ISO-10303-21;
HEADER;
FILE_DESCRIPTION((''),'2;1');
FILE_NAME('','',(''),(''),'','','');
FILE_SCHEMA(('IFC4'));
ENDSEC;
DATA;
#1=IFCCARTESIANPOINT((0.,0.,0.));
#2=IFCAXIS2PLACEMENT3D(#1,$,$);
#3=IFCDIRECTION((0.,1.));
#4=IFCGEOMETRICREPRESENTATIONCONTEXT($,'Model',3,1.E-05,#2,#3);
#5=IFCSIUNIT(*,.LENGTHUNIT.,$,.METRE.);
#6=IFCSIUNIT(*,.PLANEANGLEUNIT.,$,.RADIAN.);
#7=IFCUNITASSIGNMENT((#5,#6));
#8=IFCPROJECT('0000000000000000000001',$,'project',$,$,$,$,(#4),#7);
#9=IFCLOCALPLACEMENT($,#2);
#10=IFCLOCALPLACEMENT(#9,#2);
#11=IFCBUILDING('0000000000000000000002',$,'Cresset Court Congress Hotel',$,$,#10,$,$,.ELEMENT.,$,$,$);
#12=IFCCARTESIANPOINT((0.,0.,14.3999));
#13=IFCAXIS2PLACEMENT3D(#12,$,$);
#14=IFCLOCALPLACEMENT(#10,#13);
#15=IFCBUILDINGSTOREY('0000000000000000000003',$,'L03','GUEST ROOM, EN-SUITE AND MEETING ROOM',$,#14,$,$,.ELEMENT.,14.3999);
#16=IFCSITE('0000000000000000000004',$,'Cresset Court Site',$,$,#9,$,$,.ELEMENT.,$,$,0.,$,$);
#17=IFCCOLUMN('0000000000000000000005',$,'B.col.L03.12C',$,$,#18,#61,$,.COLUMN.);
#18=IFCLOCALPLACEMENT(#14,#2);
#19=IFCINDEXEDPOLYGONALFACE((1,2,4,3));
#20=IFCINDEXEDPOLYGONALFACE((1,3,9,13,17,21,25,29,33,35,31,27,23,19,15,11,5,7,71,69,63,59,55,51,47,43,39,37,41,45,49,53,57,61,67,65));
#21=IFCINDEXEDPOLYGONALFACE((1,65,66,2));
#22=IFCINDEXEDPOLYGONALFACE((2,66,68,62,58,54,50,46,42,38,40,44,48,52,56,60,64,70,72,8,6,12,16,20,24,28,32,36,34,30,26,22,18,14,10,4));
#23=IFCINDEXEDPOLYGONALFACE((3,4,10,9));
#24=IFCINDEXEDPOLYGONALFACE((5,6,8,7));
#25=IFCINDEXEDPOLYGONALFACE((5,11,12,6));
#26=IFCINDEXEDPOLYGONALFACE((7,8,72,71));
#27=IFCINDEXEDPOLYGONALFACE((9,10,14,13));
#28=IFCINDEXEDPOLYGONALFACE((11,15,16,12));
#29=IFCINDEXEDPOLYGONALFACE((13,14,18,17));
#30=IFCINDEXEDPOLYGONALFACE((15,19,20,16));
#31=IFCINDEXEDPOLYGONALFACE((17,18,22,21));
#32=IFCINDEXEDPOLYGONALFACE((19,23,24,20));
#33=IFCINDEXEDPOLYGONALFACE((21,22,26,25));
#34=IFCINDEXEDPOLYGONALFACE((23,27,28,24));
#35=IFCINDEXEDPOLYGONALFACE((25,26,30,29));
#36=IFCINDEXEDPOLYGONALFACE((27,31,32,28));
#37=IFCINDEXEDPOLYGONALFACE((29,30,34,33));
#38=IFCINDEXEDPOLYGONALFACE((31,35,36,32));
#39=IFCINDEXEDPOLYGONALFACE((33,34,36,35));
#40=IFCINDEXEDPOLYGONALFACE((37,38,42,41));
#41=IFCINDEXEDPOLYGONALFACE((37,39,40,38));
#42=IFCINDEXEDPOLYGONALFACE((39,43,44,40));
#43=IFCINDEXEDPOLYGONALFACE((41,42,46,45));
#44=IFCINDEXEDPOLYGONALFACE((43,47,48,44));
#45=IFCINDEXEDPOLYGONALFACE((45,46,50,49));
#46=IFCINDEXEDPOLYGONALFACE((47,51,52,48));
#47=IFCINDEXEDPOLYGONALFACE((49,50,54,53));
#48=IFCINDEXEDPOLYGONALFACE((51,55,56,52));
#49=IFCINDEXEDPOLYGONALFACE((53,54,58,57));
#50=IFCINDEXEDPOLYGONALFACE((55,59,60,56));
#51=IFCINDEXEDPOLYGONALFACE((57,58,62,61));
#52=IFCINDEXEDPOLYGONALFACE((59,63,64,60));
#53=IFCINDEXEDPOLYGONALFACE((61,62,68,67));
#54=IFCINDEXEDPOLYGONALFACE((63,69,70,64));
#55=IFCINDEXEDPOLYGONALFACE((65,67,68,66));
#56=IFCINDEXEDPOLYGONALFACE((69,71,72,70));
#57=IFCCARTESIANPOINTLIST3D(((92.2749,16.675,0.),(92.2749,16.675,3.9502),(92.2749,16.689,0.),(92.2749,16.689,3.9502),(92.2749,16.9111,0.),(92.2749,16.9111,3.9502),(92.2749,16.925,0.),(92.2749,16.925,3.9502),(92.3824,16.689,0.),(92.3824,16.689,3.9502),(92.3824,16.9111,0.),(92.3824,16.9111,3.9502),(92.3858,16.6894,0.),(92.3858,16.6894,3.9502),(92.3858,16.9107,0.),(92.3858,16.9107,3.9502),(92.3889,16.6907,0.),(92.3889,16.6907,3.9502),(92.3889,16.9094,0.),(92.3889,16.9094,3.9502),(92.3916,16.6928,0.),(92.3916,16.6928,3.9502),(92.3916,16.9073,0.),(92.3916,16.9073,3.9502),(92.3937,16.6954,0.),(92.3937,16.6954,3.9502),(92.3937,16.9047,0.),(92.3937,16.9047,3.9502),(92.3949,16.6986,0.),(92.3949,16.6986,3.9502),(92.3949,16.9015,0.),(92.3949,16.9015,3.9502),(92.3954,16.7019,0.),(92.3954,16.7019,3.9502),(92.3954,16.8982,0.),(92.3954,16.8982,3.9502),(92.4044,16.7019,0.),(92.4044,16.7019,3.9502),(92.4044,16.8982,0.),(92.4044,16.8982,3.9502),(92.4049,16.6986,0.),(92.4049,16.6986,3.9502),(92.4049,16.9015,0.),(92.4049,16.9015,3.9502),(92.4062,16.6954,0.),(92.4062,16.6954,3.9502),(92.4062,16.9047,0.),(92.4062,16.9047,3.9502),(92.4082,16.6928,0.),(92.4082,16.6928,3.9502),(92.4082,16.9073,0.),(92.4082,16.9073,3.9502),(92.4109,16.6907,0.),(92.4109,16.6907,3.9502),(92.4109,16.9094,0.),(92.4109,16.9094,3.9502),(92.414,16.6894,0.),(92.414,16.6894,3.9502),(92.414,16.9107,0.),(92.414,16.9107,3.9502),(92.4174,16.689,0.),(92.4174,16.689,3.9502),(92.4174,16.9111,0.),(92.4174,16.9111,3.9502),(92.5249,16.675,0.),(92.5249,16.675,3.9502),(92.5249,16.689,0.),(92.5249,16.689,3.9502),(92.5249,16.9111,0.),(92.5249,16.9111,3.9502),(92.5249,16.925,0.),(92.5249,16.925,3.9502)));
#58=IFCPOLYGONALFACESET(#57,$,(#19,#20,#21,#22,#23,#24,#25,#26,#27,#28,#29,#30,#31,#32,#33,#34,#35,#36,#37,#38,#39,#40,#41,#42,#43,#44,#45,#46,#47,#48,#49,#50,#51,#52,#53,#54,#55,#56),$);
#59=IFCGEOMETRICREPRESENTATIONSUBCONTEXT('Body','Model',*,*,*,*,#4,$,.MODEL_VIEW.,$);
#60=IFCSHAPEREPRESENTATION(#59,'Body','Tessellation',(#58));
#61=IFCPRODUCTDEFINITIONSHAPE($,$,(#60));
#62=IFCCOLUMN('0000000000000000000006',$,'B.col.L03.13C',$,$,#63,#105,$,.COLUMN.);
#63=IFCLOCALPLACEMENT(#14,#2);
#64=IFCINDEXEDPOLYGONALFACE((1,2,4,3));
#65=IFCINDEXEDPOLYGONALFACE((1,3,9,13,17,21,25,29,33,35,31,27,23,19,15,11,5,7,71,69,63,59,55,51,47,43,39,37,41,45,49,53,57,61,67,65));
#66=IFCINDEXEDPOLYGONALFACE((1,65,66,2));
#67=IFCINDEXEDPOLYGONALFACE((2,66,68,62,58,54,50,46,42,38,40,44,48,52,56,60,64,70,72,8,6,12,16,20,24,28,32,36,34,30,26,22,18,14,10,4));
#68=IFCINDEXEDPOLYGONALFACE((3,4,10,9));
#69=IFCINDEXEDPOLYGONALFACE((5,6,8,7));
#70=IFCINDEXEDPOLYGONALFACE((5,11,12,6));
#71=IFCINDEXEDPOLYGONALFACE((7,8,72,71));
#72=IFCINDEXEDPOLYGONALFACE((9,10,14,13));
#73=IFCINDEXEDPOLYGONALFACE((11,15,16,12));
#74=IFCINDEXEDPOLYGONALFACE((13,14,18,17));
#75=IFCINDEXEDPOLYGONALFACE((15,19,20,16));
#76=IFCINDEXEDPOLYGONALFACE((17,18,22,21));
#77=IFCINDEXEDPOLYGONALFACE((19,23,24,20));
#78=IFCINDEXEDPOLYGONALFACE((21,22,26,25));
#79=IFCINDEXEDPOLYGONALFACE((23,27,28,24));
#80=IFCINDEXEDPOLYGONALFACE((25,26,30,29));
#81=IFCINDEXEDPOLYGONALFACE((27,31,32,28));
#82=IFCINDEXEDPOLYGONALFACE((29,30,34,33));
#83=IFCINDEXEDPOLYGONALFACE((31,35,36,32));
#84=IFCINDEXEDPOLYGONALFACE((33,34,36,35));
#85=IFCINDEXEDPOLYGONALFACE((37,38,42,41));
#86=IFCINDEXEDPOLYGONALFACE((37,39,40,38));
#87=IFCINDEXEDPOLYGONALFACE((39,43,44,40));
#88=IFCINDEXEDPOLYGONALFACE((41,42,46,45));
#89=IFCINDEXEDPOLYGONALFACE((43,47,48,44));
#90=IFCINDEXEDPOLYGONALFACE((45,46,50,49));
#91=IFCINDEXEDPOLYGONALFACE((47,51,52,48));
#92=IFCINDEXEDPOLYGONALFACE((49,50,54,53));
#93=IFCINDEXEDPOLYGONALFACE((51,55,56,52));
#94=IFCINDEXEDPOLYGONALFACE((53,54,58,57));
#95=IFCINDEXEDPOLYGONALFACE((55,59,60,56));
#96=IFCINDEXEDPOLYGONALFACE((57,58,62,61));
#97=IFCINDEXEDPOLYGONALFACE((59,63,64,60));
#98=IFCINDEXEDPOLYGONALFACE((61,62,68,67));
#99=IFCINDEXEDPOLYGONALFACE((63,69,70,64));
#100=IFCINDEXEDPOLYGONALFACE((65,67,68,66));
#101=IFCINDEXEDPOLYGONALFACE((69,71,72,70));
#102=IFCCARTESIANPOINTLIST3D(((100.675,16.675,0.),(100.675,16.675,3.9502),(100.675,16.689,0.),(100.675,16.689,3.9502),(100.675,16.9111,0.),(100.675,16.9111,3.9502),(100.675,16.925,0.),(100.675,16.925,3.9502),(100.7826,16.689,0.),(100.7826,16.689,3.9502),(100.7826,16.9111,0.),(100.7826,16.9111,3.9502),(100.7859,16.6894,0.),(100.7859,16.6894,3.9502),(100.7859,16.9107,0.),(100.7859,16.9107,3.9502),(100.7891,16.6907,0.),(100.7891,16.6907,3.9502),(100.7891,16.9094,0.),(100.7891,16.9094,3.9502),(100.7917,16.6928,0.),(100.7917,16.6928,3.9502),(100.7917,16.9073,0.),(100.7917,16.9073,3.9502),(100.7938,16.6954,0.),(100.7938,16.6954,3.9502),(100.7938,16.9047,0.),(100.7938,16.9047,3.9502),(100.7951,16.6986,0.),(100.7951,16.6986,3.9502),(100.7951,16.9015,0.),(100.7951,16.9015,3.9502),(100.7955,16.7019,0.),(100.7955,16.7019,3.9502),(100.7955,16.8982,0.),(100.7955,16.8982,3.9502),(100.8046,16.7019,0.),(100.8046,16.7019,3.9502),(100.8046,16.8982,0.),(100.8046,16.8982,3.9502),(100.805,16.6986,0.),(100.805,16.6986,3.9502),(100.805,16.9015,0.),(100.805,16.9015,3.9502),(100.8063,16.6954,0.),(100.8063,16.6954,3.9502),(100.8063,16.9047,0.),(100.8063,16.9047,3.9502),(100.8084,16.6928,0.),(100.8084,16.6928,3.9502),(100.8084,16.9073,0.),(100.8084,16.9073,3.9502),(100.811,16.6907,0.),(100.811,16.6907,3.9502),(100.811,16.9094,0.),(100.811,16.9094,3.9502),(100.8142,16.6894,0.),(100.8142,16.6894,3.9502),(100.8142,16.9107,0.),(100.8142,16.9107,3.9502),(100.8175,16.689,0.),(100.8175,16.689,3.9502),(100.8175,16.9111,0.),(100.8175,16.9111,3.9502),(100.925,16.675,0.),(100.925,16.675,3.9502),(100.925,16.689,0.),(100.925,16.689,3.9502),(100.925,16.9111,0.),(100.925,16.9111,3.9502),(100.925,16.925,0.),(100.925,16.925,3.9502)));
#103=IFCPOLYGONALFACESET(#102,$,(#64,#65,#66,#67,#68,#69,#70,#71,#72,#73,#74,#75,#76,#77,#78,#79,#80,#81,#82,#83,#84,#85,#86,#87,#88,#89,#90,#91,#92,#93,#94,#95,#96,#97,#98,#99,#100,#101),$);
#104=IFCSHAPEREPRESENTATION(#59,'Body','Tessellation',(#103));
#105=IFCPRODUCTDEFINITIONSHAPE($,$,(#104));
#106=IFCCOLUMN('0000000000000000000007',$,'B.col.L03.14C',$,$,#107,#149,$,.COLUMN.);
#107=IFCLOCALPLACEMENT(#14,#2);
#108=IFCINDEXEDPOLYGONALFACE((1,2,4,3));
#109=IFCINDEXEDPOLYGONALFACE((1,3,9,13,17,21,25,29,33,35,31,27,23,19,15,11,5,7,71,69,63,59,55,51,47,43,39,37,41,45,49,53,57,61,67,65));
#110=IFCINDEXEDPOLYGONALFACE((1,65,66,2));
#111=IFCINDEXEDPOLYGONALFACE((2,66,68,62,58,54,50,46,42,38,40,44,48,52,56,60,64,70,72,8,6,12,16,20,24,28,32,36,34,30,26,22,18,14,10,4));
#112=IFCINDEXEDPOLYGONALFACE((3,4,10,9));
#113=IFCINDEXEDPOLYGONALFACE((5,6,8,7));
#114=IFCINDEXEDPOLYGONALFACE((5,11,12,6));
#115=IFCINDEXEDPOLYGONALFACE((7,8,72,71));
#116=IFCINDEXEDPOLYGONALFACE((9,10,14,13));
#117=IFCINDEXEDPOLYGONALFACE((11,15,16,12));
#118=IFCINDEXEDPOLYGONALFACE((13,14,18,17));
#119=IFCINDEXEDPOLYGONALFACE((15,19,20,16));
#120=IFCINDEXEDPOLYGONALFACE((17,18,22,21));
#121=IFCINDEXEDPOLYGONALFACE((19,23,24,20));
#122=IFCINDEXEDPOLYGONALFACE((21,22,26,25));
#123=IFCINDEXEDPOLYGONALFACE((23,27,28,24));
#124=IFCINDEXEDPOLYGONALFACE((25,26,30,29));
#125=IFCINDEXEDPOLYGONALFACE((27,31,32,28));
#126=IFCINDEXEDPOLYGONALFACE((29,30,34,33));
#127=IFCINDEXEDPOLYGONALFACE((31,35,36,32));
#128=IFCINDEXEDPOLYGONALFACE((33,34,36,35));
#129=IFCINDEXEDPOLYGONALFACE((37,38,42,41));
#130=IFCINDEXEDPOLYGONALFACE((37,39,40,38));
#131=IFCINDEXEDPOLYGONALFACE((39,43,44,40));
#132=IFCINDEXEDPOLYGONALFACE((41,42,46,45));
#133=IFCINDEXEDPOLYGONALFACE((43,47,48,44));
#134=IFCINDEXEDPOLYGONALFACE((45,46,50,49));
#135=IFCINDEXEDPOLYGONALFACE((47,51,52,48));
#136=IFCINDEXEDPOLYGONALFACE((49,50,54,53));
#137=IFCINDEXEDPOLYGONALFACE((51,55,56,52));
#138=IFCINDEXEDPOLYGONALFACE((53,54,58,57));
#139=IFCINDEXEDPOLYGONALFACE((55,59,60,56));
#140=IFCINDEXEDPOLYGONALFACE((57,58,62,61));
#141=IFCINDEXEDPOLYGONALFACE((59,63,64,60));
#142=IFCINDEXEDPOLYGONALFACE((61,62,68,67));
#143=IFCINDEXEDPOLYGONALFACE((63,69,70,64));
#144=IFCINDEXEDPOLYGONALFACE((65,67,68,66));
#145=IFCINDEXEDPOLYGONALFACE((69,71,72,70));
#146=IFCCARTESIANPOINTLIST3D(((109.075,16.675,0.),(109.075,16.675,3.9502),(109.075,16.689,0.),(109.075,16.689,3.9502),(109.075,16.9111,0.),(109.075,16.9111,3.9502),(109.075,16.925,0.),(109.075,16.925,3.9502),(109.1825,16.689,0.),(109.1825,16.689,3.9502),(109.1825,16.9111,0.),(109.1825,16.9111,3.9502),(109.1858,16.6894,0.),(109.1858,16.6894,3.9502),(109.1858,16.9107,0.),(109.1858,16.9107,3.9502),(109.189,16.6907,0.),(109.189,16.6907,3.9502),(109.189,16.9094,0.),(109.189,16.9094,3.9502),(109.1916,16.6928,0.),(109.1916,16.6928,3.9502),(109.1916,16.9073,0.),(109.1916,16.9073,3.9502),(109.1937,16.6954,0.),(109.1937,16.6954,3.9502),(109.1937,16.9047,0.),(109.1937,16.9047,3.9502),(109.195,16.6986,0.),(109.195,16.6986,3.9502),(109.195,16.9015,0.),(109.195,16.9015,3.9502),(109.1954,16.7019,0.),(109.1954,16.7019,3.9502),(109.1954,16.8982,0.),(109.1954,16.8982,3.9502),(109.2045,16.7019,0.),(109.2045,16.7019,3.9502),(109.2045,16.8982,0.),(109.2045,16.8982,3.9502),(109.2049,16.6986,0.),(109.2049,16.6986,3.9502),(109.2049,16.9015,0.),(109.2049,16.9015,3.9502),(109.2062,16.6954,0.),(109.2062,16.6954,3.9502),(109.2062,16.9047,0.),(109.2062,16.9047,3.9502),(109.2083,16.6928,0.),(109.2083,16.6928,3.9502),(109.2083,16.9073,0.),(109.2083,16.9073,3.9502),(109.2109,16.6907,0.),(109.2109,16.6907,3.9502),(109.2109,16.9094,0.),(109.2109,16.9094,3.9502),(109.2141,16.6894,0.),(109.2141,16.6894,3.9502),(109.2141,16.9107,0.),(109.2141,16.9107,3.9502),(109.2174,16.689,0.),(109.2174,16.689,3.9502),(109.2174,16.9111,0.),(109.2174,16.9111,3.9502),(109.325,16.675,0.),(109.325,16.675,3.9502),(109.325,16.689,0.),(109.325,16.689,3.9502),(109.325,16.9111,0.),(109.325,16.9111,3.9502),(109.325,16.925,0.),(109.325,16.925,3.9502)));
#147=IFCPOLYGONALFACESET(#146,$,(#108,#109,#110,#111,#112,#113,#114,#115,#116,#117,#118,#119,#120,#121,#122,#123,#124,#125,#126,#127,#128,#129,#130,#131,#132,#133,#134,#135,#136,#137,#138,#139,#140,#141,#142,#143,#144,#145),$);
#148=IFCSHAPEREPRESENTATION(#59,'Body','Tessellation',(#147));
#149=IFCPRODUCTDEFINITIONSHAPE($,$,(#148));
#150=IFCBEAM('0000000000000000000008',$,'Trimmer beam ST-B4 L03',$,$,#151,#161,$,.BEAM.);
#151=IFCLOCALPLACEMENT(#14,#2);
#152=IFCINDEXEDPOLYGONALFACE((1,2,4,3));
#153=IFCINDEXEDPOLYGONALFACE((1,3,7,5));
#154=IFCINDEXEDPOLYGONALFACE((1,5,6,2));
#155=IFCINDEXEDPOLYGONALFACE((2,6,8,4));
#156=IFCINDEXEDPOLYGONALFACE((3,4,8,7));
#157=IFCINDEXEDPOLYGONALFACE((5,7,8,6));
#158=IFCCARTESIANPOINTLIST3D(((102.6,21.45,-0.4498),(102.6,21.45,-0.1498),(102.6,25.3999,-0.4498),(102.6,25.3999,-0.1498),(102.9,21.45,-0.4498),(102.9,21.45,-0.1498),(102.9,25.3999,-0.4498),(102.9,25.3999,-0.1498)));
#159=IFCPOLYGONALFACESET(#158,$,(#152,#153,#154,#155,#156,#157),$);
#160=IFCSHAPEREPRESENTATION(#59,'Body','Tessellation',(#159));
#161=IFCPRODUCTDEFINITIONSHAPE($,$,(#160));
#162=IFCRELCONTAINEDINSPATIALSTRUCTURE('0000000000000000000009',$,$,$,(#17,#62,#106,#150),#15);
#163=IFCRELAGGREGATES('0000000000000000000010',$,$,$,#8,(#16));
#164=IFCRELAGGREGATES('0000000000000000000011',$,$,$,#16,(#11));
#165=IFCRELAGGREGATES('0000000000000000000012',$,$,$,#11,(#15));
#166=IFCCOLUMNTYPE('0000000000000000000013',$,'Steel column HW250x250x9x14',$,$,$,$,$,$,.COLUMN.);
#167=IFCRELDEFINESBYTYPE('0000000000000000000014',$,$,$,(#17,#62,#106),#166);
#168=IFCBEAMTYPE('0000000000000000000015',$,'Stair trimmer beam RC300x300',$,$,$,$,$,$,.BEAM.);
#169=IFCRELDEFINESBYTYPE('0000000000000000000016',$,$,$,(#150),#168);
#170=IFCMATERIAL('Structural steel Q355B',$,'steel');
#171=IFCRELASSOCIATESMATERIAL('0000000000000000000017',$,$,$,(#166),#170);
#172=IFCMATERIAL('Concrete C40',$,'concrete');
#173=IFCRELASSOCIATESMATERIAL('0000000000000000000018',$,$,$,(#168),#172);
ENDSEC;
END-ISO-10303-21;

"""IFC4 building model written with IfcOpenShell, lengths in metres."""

from ifc_helpers import new_model, si_unit, direction, frame, origin, origin_2d, place, context, subcontext, project, spatial, rectangle, i_section, extrude, material, material_profile, profile_set, type_object, element, save


model = new_model("IFC4")

# Units and contexts
model_context = context("Model", 3, precision=1e-05, world=origin(), true_north=direction((0.0, 1.0)))
body_context = subcontext(model_context, "Body", "Model", "MODEL_VIEW")
ifc_project = project(units=[si_unit("LENGTHUNIT", "METRE"), si_unit("PLANEANGLEUNIT", "RADIAN")], contexts=[model_context])

# Site, building, storey
site_placement = place(None, origin())
site = spatial("IfcSite", under=ifc_project, at=site_placement, Name="Cresset Court Site", CompositionType="ELEMENT", RefElevation=0.0)
building_placement = place(site_placement, origin())
building = spatial("IfcBuilding", under=site, at=building_placement, Name="Cresset Court Congress Hotel", CompositionType="ELEMENT")
storey_placement = place(building_placement, frame((0.0, 0.0, 14.3999)))
storey = spatial("IfcBuildingStorey", under=building, at=storey_placement, Name="L03", Description="GUEST ROOM, EN-SUITE AND MEETING ROOM", CompositionType="ELEMENT", Elevation=14.3999)

# Columns
ifc_material_1 = material(Name="Structural steel Q355B", Category="steel")
ifc_material_profile_1 = material_profile(ifc_material_1, i_section(OverallWidth=0.25, OverallDepth=0.25, WebThickness=0.009, FlangeThickness=0.0139, FilletRadius=0.0129, at=origin_2d()), Name="HW250x250x9x14")
ifc_profile_set_1 = profile_set([ifc_material_profile_1], Name="Structural steel Q355B")
column_type = type_object("IfcColumnType", Name="Steel column HW250x250x9x14", PredefinedType="COLUMN", material=ifc_profile_set_1)
for number, where, z_axis, x_axis, name in (
    (1, (92.3999, 16.8, 0.0), (0.0, 0.0, 1.0), (1.0, 0.0, 0.0), "B.col.L03.12C"),
    (2, (100.8, 16.8, 0.0), (0.0, 0.0, 1.0), (1.0, 0.0, 0.0), "B.col.L03.13C"),
    (3, (109.2, 16.8, 0.0), (0.0, 0.0, 1.0), (1.0, 0.0, 0.0), "B.col.L03.14C"),
):
    element("IfcColumn", number, at=place(storey_placement, frame(where, z_axis=z_axis, x_axis=x_axis)), inside=storey, type_object=column_type, Name=name, PredefinedType="COLUMN", context=body_context, shape_type="SweptSolid", body=[
        extrude(i_section(OverallWidth=0.25, OverallDepth=0.25, WebThickness=0.009, FlangeThickness=0.0139, FilletRadius=0.0129, at=origin_2d()), origin(), (0.0, 0.0, 1.0), 3.9502),
    ])

# Beam
ifc_material_2 = material(Name="Concrete C40", Category="concrete")
ifc_material_profile_2 = material_profile(ifc_material_2, rectangle(XDim=0.3, YDim=0.3, at=origin_2d()), Name="RC300x300")
ifc_profile_set_2 = profile_set([ifc_material_profile_2], Name="Concrete C40")
beam_type_1 = type_object("IfcBeamType", Name="Stair trimmer beam RC300x300", PredefinedType="BEAM", material=ifc_profile_set_2)
beam_1_placement = place(storey_placement, frame((102.75, 21.45, -0.2998), z_axis=(0.0, 1.0, 0.0), x_axis=(-1.0, 0.0, 0.0)))
element("IfcBeam", 4, at=beam_1_placement, inside=storey, type_object=beam_type_1, Name="Trimmer beam ST-B4 L03", PredefinedType="BEAM", context=body_context, shape_type="SweptSolid", body=[
    extrude(rectangle(XDim=0.3, YDim=0.3, at=origin_2d()), origin(), (0.0, 0.0, 1.0), 3.95),
])

save(model, "model.ifc")
